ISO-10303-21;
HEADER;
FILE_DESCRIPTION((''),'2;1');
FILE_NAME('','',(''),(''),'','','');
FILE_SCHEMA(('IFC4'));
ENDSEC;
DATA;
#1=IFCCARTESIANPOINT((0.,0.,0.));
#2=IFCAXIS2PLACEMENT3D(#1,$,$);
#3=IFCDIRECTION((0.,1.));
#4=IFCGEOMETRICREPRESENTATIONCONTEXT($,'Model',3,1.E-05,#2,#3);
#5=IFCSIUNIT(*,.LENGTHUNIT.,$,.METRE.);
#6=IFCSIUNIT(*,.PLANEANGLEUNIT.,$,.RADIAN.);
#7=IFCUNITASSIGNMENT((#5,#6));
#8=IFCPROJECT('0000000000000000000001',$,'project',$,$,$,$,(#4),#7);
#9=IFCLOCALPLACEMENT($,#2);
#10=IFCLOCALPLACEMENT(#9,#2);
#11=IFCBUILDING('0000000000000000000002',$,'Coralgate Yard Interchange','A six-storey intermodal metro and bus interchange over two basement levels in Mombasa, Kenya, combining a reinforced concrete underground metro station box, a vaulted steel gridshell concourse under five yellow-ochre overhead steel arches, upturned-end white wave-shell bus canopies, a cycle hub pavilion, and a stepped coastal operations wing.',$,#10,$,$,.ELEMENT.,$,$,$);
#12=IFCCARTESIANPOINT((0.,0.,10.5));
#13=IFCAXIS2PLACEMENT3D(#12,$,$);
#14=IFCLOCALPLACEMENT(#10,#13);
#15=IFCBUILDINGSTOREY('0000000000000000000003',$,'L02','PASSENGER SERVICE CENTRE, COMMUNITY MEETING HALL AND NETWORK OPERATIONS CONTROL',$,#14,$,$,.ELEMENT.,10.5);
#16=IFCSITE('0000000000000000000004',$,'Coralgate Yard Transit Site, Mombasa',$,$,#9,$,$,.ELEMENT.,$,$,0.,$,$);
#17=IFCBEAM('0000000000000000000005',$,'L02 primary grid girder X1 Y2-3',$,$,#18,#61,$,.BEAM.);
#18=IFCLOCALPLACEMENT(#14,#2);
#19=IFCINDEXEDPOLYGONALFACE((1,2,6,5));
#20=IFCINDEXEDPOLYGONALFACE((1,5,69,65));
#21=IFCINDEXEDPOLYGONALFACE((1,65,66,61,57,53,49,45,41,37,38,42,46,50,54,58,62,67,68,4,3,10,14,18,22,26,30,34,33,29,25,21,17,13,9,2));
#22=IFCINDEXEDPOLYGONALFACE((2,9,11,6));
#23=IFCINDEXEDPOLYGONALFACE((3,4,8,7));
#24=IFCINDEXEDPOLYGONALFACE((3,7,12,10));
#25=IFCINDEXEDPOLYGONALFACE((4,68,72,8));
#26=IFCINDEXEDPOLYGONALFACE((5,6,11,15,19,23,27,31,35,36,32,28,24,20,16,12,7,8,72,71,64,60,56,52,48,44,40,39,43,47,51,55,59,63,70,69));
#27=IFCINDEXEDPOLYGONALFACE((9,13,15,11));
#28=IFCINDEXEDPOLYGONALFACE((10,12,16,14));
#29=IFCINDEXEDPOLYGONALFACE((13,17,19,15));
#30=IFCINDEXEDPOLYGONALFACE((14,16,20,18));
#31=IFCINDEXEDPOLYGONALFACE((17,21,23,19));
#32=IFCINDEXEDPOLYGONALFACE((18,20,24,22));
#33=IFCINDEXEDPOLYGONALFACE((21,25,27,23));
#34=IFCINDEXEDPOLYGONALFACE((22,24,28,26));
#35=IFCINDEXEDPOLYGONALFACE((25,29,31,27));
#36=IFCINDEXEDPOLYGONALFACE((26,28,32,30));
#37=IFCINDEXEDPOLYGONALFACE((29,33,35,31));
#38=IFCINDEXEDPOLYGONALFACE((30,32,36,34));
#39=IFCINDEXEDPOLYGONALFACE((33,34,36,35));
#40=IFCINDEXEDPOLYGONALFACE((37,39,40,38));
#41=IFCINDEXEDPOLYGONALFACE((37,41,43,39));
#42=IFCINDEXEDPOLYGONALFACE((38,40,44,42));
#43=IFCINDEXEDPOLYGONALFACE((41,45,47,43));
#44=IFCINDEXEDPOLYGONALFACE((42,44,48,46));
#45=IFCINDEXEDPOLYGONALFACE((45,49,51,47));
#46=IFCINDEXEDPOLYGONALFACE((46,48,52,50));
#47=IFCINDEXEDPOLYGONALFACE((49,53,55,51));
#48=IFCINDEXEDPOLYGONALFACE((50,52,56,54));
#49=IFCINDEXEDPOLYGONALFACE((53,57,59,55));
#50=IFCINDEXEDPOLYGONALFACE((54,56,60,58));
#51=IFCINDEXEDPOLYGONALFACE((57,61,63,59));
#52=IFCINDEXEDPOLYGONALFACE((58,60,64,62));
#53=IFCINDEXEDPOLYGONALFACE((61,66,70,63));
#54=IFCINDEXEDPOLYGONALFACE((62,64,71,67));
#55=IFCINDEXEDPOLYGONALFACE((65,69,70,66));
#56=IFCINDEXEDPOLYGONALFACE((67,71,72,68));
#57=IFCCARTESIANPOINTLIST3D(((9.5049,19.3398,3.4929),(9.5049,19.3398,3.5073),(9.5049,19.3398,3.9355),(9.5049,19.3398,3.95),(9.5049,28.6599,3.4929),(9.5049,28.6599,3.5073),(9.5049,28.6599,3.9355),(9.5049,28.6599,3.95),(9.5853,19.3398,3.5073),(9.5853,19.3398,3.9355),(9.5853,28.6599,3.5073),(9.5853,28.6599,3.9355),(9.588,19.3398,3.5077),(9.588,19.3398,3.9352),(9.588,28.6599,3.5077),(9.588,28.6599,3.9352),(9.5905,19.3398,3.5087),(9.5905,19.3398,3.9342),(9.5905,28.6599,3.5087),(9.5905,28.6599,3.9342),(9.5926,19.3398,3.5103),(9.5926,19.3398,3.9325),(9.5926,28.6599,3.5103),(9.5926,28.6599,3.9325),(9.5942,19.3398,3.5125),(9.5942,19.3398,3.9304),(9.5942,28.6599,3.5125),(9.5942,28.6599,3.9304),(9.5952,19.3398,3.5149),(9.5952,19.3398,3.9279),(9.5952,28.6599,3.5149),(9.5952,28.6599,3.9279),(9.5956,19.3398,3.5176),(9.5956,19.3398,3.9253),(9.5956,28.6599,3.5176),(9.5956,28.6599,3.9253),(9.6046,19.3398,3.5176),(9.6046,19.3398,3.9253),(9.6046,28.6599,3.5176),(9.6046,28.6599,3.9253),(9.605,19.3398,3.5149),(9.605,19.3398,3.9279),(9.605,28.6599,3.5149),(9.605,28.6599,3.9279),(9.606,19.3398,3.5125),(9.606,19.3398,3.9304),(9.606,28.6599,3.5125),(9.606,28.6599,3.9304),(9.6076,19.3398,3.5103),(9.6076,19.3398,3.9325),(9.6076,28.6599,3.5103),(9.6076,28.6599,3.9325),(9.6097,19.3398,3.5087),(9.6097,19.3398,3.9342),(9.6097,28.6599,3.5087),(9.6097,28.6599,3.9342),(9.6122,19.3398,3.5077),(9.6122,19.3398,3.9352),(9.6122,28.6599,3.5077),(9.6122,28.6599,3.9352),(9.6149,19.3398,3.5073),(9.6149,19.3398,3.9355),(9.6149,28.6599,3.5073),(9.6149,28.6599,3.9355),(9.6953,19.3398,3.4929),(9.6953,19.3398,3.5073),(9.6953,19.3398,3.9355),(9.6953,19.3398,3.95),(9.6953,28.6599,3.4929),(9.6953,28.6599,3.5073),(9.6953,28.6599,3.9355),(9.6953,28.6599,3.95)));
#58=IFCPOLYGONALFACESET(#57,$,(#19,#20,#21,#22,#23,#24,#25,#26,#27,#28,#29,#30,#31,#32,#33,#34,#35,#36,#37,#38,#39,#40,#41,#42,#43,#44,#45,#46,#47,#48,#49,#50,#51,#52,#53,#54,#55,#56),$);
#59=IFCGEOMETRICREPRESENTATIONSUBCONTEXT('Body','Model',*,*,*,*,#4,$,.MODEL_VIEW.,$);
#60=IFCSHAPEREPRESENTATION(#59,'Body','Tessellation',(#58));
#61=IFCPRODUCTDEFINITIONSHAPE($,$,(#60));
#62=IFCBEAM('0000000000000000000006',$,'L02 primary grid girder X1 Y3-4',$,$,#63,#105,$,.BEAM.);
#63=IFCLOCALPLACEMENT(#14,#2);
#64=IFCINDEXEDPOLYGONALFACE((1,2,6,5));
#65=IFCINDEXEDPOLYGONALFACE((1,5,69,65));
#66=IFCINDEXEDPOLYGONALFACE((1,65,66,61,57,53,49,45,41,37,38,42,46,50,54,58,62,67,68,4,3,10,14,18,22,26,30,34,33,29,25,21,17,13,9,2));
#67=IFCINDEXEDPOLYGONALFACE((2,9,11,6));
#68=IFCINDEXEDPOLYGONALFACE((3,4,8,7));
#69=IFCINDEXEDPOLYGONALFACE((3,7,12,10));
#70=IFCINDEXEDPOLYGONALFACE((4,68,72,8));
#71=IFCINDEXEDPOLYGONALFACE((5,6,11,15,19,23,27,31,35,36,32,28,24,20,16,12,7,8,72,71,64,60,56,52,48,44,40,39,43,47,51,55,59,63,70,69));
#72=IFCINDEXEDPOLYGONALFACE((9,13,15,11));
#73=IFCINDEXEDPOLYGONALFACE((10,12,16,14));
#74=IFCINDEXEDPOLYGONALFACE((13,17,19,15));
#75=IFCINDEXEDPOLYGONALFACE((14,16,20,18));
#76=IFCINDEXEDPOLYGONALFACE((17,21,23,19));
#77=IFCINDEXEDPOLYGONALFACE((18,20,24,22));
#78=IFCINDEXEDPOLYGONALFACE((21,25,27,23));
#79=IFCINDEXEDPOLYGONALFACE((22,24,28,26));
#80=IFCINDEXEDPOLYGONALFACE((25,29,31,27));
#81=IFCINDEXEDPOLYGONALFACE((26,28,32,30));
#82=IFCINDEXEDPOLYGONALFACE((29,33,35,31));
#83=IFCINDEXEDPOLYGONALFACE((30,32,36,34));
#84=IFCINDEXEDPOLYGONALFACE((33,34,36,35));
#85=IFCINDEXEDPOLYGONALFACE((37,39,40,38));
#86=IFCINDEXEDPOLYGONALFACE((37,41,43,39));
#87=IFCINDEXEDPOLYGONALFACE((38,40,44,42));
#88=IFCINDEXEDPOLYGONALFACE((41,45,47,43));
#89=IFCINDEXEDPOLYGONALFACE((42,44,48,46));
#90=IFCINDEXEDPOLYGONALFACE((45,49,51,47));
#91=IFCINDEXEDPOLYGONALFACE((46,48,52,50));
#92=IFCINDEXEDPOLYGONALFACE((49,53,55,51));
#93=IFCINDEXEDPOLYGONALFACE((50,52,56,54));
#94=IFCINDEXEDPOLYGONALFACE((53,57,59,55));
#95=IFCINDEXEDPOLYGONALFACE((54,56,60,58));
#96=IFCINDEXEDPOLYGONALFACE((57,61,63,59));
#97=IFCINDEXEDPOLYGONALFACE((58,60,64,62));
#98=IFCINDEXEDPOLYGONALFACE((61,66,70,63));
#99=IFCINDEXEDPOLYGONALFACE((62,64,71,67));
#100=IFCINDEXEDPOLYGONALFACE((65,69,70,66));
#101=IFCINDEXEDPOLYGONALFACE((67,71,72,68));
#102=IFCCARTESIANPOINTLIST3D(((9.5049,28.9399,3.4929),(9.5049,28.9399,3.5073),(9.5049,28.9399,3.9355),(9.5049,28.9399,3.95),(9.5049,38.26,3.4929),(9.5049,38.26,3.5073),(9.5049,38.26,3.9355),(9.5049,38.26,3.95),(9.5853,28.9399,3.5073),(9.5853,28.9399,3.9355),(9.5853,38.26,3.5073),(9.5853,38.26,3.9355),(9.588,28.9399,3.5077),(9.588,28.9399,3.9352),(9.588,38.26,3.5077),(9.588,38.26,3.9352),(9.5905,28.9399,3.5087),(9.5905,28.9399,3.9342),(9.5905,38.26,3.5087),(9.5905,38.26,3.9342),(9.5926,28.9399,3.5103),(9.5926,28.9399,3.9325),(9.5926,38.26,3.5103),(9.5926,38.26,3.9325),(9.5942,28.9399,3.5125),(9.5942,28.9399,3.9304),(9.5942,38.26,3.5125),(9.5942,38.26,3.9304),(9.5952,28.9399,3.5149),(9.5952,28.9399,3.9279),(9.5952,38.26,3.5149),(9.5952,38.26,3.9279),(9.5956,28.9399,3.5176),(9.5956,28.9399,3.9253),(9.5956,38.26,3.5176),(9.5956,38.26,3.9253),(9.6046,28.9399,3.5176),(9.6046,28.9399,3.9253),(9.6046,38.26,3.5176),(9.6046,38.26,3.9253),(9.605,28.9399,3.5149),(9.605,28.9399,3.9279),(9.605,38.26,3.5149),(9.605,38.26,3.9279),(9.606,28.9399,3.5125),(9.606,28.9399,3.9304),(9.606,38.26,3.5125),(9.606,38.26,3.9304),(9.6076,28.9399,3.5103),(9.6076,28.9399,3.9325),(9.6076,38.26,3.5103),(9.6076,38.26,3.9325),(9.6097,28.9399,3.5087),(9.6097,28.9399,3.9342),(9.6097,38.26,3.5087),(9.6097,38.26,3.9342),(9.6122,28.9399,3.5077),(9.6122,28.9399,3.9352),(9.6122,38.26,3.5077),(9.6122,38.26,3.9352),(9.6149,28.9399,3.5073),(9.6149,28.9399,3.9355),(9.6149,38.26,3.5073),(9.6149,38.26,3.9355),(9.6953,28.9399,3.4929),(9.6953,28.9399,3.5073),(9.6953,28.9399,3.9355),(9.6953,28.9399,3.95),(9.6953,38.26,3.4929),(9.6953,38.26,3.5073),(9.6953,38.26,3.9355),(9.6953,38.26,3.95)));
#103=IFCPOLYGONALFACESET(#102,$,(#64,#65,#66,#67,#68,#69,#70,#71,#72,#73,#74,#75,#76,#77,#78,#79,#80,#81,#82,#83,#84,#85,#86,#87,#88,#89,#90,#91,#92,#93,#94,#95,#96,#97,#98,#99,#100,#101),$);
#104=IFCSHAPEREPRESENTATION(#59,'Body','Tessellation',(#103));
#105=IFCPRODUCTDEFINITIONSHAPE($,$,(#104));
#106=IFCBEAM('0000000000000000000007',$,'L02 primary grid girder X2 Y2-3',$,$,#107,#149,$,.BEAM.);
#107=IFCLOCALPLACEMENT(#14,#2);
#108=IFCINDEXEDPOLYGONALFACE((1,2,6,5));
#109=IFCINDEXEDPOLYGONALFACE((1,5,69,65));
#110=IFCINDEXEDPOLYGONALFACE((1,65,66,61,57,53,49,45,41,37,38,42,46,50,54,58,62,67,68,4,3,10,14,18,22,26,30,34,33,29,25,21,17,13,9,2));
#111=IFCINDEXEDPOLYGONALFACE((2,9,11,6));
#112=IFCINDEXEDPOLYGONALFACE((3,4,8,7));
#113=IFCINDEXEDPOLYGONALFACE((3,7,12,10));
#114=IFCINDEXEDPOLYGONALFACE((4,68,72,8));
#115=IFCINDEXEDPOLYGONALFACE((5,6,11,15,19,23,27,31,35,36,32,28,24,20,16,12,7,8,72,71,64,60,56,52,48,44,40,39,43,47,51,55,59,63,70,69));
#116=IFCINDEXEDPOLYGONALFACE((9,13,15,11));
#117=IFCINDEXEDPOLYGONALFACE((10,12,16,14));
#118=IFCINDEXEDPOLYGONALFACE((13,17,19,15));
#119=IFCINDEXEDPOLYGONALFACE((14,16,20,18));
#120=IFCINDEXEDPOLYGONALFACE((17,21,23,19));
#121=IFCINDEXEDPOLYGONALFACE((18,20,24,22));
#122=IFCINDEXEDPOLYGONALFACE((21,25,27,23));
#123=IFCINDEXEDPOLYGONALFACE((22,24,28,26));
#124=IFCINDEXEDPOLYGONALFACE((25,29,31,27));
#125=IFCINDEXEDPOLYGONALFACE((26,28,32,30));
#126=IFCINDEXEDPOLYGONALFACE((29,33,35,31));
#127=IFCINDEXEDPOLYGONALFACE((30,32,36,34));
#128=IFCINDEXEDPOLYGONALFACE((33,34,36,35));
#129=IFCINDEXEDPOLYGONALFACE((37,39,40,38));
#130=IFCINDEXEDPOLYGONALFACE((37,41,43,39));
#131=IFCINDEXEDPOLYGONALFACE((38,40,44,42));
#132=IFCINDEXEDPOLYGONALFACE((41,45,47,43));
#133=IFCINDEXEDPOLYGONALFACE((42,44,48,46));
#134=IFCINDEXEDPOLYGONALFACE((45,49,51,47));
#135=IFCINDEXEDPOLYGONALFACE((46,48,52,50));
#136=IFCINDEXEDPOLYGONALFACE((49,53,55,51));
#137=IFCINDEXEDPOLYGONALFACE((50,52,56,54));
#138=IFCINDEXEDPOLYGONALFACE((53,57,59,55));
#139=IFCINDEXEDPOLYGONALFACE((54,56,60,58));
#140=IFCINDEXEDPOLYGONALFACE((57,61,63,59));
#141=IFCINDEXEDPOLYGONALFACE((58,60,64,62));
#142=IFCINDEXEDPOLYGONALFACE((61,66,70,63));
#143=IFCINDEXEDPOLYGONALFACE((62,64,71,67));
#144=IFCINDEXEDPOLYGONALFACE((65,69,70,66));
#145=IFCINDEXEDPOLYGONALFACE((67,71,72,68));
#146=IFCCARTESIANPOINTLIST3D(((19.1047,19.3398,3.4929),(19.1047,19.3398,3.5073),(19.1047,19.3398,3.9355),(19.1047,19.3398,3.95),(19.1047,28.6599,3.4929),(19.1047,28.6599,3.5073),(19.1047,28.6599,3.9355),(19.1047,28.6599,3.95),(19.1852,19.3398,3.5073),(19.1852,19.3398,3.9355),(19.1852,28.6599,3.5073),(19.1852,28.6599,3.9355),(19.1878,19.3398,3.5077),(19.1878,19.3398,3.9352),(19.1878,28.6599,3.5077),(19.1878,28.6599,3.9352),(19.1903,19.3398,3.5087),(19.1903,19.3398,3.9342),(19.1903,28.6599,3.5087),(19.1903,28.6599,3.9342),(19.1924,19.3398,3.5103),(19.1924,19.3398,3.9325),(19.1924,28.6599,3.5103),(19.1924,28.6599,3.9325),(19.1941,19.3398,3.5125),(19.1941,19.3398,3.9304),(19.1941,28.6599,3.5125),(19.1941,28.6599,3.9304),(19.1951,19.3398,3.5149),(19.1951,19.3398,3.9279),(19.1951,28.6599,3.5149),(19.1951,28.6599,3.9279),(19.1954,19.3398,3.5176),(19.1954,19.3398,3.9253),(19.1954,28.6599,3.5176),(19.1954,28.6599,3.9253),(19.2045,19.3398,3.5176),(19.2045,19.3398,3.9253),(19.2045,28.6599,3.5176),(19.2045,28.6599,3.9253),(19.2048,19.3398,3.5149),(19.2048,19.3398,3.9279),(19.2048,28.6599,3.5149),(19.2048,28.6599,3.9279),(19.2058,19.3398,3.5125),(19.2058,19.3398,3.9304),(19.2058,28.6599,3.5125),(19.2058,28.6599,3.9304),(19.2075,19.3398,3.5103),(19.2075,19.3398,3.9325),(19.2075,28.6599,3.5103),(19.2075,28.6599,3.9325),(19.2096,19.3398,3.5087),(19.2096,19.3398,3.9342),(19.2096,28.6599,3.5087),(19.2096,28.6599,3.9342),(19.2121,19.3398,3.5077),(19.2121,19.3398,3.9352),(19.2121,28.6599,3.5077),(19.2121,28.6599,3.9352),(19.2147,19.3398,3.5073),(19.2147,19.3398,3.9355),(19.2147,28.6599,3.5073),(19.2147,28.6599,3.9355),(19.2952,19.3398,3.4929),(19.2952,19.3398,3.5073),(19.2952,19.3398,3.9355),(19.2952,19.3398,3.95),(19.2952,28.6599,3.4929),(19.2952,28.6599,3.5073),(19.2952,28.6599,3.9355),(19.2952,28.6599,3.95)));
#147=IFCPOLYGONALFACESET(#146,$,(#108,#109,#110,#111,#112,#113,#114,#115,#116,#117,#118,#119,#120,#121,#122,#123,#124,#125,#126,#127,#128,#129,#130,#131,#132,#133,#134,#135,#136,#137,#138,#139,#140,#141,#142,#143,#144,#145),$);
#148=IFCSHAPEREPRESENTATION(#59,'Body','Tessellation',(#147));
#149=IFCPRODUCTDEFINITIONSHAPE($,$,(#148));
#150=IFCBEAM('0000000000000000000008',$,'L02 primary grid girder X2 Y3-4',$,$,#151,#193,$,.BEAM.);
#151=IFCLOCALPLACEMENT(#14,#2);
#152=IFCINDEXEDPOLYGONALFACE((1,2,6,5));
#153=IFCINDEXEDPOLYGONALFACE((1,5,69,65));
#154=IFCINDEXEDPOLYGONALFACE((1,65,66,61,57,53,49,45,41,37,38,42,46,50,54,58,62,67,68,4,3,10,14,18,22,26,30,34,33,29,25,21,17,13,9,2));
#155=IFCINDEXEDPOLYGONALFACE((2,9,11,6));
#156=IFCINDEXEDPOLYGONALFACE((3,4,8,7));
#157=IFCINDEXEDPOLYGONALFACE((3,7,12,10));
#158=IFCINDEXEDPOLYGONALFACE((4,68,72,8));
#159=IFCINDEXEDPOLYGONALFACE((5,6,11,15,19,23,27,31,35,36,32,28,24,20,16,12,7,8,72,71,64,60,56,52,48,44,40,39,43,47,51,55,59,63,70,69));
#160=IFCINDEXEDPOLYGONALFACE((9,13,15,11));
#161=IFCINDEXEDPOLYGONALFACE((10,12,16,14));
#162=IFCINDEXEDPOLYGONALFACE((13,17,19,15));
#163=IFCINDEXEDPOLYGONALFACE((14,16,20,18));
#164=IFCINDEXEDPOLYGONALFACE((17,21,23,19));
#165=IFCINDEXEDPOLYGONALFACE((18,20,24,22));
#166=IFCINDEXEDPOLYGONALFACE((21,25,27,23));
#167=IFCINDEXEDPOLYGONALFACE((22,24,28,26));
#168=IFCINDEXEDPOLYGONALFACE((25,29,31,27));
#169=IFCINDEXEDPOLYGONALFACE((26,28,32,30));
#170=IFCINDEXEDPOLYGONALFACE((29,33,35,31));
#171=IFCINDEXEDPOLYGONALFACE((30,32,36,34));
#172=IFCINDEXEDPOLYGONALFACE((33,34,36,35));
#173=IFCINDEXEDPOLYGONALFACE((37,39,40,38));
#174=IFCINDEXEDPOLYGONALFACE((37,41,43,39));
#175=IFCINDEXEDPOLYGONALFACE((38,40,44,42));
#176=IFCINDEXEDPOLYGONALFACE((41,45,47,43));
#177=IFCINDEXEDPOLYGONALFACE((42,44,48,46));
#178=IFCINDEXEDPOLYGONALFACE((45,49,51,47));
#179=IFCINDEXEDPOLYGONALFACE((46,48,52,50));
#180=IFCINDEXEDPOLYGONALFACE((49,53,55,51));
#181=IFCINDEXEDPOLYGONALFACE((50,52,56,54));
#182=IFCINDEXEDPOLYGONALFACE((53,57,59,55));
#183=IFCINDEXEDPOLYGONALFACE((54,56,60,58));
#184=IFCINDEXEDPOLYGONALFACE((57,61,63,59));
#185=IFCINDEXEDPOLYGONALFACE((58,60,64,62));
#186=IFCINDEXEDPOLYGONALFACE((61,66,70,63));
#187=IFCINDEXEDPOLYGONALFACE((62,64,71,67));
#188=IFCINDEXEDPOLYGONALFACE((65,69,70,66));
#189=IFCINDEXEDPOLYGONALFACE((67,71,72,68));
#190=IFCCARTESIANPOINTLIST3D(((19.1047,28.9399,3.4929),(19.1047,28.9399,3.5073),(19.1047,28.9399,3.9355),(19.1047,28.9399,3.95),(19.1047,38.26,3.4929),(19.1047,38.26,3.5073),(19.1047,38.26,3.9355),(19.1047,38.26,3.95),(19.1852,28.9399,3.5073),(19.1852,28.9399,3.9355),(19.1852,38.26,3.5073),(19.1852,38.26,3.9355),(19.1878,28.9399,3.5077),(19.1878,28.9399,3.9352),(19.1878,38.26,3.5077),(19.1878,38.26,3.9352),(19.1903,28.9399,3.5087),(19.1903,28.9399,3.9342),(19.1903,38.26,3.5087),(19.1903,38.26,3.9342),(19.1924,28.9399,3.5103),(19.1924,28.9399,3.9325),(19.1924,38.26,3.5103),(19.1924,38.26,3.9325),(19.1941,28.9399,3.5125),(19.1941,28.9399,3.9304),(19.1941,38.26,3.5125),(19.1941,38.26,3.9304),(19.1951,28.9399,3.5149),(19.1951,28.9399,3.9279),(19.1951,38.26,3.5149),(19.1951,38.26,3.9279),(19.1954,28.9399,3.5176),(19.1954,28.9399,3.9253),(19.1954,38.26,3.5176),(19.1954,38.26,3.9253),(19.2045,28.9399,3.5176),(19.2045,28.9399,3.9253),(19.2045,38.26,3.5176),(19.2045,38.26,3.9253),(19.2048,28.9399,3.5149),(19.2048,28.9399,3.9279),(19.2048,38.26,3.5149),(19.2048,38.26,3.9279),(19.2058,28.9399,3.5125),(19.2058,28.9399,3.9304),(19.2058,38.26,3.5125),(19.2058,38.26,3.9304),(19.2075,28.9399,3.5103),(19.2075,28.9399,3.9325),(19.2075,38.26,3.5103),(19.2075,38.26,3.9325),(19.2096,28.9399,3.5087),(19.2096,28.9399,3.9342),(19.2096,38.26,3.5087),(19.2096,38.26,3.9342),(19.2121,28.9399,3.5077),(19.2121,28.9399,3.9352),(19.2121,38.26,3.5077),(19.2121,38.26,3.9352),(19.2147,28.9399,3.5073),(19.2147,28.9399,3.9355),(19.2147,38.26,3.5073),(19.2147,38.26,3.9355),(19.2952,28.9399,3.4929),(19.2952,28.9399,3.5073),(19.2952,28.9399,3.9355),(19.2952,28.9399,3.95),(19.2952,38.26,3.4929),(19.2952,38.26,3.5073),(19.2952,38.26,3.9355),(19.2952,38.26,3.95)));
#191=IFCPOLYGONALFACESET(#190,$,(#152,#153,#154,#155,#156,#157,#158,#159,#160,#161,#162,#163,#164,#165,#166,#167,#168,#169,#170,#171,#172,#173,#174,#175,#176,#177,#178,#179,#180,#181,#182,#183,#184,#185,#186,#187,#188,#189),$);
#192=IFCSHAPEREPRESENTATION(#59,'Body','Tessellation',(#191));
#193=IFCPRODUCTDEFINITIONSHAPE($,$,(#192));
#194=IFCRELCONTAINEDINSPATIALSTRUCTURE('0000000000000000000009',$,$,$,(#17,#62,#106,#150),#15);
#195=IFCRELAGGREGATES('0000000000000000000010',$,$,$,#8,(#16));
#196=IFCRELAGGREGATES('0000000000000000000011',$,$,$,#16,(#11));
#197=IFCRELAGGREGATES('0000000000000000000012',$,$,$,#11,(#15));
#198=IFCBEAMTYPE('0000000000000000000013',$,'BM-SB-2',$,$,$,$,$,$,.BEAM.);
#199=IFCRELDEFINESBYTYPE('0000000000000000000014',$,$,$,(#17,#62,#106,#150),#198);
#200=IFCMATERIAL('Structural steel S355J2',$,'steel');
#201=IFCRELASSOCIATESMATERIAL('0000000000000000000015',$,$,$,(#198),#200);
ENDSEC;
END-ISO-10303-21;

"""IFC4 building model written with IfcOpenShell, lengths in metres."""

from ifc_helpers import new_model, si_unit, direction, frame, origin, origin_2d, place, context, subcontext, project, spatial, i_section, extrude, material, material_profile, profile_set, type_object, element, save


model = new_model("IFC4")

# Units and contexts
model_context = context("Model", 3, precision=1e-05, world=origin(), true_north=direction((0.0, 1.0)))
body_context = subcontext(model_context, "Body", "Model", "MODEL_VIEW")
ifc_project = project(units=[si_unit("LENGTHUNIT", "METRE"), si_unit("PLANEANGLEUNIT", "RADIAN")], contexts=[model_context])

# Site, building, storey
site_placement = place(None, origin())
site = spatial("IfcSite", under=ifc_project, at=site_placement, Name="Coralgate Yard Transit Site, Mombasa", CompositionType="ELEMENT", RefElevation=0.0)
building_placement = place(site_placement, origin())
building = spatial("IfcBuilding", under=site, at=building_placement, Name="Coralgate Yard Interchange", Description="A six-storey intermodal metro and bus interchange over two basement levels in Mombasa, Kenya, combining a reinforced concrete underground metro station box, a vaulted steel gridshell concourse under five yellow-ochre overhead steel arches, upturned-end white wave-shell bus canopies, a cycle hub pavilion, and a stepped coastal operations wing.", CompositionType="ELEMENT")
storey_placement = place(building_placement, frame((0.0, 0.0, 10.5)))
storey = spatial("IfcBuildingStorey", under=building, at=storey_placement, Name="L02", Description="PASSENGER SERVICE CENTRE, COMMUNITY MEETING HALL AND NETWORK OPERATIONS CONTROL", CompositionType="ELEMENT", Elevation=10.5)

# Shared definitions
ifc_material_1 = material(Name="Structural steel S355J2", Category="steel")

# Beams
ifc_material_profile_1 = material_profile(ifc_material_1, i_section(OverallWidth=0.1904, OverallDepth=0.457, WebThickness=0.009, FlangeThickness=0.0144, FilletRadius=0.0103, at=origin_2d()), Name="UB 457x191x74")
ifc_profile_set_1 = profile_set([ifc_material_profile_1], Name="Structural steel S355J2")
beam_type_1 = type_object("IfcBeamType", Name="BM-SB-2", PredefinedType="BEAM", material=ifc_profile_set_1)
for number, where, z_axis, x_axis, name in (
    (1, (9.6001, 19.3398, 3.7214), (0.0, 1.0, 0.0), (-1.0, 0.0, 0.0), "L02 primary grid girder X1 Y2-3"),
    (2, (9.6001, 28.9399, 3.7214), (0.0, 1.0, 0.0), (-1.0, 0.0, 0.0), "L02 primary grid girder X1 Y3-4"),
    (3, (19.2, 19.3398, 3.7214), (0.0, 1.0, 0.0), (-1.0, 0.0, 0.0), "L02 primary grid girder X2 Y2-3"),
    (4, (19.2, 28.9399, 3.7214), (0.0, 1.0, 0.0), (-1.0, 0.0, 0.0), "L02 primary grid girder X2 Y3-4"),
):
    element("IfcBeam", number, at=place(storey_placement, frame(where, z_axis=z_axis, x_axis=x_axis)), inside=storey, type_object=beam_type_1, Name=name, PredefinedType="BEAM", context=body_context, shape_type="SweptSolid", body=[
        extrude(i_section(OverallWidth=0.1904, OverallDepth=0.457, WebThickness=0.009, FlangeThickness=0.0144, FilletRadius=0.0103, at=origin_2d()), origin(), (0.0, 0.0, 1.0), 9.3201),
    ])

save(model, "model.ifc")
